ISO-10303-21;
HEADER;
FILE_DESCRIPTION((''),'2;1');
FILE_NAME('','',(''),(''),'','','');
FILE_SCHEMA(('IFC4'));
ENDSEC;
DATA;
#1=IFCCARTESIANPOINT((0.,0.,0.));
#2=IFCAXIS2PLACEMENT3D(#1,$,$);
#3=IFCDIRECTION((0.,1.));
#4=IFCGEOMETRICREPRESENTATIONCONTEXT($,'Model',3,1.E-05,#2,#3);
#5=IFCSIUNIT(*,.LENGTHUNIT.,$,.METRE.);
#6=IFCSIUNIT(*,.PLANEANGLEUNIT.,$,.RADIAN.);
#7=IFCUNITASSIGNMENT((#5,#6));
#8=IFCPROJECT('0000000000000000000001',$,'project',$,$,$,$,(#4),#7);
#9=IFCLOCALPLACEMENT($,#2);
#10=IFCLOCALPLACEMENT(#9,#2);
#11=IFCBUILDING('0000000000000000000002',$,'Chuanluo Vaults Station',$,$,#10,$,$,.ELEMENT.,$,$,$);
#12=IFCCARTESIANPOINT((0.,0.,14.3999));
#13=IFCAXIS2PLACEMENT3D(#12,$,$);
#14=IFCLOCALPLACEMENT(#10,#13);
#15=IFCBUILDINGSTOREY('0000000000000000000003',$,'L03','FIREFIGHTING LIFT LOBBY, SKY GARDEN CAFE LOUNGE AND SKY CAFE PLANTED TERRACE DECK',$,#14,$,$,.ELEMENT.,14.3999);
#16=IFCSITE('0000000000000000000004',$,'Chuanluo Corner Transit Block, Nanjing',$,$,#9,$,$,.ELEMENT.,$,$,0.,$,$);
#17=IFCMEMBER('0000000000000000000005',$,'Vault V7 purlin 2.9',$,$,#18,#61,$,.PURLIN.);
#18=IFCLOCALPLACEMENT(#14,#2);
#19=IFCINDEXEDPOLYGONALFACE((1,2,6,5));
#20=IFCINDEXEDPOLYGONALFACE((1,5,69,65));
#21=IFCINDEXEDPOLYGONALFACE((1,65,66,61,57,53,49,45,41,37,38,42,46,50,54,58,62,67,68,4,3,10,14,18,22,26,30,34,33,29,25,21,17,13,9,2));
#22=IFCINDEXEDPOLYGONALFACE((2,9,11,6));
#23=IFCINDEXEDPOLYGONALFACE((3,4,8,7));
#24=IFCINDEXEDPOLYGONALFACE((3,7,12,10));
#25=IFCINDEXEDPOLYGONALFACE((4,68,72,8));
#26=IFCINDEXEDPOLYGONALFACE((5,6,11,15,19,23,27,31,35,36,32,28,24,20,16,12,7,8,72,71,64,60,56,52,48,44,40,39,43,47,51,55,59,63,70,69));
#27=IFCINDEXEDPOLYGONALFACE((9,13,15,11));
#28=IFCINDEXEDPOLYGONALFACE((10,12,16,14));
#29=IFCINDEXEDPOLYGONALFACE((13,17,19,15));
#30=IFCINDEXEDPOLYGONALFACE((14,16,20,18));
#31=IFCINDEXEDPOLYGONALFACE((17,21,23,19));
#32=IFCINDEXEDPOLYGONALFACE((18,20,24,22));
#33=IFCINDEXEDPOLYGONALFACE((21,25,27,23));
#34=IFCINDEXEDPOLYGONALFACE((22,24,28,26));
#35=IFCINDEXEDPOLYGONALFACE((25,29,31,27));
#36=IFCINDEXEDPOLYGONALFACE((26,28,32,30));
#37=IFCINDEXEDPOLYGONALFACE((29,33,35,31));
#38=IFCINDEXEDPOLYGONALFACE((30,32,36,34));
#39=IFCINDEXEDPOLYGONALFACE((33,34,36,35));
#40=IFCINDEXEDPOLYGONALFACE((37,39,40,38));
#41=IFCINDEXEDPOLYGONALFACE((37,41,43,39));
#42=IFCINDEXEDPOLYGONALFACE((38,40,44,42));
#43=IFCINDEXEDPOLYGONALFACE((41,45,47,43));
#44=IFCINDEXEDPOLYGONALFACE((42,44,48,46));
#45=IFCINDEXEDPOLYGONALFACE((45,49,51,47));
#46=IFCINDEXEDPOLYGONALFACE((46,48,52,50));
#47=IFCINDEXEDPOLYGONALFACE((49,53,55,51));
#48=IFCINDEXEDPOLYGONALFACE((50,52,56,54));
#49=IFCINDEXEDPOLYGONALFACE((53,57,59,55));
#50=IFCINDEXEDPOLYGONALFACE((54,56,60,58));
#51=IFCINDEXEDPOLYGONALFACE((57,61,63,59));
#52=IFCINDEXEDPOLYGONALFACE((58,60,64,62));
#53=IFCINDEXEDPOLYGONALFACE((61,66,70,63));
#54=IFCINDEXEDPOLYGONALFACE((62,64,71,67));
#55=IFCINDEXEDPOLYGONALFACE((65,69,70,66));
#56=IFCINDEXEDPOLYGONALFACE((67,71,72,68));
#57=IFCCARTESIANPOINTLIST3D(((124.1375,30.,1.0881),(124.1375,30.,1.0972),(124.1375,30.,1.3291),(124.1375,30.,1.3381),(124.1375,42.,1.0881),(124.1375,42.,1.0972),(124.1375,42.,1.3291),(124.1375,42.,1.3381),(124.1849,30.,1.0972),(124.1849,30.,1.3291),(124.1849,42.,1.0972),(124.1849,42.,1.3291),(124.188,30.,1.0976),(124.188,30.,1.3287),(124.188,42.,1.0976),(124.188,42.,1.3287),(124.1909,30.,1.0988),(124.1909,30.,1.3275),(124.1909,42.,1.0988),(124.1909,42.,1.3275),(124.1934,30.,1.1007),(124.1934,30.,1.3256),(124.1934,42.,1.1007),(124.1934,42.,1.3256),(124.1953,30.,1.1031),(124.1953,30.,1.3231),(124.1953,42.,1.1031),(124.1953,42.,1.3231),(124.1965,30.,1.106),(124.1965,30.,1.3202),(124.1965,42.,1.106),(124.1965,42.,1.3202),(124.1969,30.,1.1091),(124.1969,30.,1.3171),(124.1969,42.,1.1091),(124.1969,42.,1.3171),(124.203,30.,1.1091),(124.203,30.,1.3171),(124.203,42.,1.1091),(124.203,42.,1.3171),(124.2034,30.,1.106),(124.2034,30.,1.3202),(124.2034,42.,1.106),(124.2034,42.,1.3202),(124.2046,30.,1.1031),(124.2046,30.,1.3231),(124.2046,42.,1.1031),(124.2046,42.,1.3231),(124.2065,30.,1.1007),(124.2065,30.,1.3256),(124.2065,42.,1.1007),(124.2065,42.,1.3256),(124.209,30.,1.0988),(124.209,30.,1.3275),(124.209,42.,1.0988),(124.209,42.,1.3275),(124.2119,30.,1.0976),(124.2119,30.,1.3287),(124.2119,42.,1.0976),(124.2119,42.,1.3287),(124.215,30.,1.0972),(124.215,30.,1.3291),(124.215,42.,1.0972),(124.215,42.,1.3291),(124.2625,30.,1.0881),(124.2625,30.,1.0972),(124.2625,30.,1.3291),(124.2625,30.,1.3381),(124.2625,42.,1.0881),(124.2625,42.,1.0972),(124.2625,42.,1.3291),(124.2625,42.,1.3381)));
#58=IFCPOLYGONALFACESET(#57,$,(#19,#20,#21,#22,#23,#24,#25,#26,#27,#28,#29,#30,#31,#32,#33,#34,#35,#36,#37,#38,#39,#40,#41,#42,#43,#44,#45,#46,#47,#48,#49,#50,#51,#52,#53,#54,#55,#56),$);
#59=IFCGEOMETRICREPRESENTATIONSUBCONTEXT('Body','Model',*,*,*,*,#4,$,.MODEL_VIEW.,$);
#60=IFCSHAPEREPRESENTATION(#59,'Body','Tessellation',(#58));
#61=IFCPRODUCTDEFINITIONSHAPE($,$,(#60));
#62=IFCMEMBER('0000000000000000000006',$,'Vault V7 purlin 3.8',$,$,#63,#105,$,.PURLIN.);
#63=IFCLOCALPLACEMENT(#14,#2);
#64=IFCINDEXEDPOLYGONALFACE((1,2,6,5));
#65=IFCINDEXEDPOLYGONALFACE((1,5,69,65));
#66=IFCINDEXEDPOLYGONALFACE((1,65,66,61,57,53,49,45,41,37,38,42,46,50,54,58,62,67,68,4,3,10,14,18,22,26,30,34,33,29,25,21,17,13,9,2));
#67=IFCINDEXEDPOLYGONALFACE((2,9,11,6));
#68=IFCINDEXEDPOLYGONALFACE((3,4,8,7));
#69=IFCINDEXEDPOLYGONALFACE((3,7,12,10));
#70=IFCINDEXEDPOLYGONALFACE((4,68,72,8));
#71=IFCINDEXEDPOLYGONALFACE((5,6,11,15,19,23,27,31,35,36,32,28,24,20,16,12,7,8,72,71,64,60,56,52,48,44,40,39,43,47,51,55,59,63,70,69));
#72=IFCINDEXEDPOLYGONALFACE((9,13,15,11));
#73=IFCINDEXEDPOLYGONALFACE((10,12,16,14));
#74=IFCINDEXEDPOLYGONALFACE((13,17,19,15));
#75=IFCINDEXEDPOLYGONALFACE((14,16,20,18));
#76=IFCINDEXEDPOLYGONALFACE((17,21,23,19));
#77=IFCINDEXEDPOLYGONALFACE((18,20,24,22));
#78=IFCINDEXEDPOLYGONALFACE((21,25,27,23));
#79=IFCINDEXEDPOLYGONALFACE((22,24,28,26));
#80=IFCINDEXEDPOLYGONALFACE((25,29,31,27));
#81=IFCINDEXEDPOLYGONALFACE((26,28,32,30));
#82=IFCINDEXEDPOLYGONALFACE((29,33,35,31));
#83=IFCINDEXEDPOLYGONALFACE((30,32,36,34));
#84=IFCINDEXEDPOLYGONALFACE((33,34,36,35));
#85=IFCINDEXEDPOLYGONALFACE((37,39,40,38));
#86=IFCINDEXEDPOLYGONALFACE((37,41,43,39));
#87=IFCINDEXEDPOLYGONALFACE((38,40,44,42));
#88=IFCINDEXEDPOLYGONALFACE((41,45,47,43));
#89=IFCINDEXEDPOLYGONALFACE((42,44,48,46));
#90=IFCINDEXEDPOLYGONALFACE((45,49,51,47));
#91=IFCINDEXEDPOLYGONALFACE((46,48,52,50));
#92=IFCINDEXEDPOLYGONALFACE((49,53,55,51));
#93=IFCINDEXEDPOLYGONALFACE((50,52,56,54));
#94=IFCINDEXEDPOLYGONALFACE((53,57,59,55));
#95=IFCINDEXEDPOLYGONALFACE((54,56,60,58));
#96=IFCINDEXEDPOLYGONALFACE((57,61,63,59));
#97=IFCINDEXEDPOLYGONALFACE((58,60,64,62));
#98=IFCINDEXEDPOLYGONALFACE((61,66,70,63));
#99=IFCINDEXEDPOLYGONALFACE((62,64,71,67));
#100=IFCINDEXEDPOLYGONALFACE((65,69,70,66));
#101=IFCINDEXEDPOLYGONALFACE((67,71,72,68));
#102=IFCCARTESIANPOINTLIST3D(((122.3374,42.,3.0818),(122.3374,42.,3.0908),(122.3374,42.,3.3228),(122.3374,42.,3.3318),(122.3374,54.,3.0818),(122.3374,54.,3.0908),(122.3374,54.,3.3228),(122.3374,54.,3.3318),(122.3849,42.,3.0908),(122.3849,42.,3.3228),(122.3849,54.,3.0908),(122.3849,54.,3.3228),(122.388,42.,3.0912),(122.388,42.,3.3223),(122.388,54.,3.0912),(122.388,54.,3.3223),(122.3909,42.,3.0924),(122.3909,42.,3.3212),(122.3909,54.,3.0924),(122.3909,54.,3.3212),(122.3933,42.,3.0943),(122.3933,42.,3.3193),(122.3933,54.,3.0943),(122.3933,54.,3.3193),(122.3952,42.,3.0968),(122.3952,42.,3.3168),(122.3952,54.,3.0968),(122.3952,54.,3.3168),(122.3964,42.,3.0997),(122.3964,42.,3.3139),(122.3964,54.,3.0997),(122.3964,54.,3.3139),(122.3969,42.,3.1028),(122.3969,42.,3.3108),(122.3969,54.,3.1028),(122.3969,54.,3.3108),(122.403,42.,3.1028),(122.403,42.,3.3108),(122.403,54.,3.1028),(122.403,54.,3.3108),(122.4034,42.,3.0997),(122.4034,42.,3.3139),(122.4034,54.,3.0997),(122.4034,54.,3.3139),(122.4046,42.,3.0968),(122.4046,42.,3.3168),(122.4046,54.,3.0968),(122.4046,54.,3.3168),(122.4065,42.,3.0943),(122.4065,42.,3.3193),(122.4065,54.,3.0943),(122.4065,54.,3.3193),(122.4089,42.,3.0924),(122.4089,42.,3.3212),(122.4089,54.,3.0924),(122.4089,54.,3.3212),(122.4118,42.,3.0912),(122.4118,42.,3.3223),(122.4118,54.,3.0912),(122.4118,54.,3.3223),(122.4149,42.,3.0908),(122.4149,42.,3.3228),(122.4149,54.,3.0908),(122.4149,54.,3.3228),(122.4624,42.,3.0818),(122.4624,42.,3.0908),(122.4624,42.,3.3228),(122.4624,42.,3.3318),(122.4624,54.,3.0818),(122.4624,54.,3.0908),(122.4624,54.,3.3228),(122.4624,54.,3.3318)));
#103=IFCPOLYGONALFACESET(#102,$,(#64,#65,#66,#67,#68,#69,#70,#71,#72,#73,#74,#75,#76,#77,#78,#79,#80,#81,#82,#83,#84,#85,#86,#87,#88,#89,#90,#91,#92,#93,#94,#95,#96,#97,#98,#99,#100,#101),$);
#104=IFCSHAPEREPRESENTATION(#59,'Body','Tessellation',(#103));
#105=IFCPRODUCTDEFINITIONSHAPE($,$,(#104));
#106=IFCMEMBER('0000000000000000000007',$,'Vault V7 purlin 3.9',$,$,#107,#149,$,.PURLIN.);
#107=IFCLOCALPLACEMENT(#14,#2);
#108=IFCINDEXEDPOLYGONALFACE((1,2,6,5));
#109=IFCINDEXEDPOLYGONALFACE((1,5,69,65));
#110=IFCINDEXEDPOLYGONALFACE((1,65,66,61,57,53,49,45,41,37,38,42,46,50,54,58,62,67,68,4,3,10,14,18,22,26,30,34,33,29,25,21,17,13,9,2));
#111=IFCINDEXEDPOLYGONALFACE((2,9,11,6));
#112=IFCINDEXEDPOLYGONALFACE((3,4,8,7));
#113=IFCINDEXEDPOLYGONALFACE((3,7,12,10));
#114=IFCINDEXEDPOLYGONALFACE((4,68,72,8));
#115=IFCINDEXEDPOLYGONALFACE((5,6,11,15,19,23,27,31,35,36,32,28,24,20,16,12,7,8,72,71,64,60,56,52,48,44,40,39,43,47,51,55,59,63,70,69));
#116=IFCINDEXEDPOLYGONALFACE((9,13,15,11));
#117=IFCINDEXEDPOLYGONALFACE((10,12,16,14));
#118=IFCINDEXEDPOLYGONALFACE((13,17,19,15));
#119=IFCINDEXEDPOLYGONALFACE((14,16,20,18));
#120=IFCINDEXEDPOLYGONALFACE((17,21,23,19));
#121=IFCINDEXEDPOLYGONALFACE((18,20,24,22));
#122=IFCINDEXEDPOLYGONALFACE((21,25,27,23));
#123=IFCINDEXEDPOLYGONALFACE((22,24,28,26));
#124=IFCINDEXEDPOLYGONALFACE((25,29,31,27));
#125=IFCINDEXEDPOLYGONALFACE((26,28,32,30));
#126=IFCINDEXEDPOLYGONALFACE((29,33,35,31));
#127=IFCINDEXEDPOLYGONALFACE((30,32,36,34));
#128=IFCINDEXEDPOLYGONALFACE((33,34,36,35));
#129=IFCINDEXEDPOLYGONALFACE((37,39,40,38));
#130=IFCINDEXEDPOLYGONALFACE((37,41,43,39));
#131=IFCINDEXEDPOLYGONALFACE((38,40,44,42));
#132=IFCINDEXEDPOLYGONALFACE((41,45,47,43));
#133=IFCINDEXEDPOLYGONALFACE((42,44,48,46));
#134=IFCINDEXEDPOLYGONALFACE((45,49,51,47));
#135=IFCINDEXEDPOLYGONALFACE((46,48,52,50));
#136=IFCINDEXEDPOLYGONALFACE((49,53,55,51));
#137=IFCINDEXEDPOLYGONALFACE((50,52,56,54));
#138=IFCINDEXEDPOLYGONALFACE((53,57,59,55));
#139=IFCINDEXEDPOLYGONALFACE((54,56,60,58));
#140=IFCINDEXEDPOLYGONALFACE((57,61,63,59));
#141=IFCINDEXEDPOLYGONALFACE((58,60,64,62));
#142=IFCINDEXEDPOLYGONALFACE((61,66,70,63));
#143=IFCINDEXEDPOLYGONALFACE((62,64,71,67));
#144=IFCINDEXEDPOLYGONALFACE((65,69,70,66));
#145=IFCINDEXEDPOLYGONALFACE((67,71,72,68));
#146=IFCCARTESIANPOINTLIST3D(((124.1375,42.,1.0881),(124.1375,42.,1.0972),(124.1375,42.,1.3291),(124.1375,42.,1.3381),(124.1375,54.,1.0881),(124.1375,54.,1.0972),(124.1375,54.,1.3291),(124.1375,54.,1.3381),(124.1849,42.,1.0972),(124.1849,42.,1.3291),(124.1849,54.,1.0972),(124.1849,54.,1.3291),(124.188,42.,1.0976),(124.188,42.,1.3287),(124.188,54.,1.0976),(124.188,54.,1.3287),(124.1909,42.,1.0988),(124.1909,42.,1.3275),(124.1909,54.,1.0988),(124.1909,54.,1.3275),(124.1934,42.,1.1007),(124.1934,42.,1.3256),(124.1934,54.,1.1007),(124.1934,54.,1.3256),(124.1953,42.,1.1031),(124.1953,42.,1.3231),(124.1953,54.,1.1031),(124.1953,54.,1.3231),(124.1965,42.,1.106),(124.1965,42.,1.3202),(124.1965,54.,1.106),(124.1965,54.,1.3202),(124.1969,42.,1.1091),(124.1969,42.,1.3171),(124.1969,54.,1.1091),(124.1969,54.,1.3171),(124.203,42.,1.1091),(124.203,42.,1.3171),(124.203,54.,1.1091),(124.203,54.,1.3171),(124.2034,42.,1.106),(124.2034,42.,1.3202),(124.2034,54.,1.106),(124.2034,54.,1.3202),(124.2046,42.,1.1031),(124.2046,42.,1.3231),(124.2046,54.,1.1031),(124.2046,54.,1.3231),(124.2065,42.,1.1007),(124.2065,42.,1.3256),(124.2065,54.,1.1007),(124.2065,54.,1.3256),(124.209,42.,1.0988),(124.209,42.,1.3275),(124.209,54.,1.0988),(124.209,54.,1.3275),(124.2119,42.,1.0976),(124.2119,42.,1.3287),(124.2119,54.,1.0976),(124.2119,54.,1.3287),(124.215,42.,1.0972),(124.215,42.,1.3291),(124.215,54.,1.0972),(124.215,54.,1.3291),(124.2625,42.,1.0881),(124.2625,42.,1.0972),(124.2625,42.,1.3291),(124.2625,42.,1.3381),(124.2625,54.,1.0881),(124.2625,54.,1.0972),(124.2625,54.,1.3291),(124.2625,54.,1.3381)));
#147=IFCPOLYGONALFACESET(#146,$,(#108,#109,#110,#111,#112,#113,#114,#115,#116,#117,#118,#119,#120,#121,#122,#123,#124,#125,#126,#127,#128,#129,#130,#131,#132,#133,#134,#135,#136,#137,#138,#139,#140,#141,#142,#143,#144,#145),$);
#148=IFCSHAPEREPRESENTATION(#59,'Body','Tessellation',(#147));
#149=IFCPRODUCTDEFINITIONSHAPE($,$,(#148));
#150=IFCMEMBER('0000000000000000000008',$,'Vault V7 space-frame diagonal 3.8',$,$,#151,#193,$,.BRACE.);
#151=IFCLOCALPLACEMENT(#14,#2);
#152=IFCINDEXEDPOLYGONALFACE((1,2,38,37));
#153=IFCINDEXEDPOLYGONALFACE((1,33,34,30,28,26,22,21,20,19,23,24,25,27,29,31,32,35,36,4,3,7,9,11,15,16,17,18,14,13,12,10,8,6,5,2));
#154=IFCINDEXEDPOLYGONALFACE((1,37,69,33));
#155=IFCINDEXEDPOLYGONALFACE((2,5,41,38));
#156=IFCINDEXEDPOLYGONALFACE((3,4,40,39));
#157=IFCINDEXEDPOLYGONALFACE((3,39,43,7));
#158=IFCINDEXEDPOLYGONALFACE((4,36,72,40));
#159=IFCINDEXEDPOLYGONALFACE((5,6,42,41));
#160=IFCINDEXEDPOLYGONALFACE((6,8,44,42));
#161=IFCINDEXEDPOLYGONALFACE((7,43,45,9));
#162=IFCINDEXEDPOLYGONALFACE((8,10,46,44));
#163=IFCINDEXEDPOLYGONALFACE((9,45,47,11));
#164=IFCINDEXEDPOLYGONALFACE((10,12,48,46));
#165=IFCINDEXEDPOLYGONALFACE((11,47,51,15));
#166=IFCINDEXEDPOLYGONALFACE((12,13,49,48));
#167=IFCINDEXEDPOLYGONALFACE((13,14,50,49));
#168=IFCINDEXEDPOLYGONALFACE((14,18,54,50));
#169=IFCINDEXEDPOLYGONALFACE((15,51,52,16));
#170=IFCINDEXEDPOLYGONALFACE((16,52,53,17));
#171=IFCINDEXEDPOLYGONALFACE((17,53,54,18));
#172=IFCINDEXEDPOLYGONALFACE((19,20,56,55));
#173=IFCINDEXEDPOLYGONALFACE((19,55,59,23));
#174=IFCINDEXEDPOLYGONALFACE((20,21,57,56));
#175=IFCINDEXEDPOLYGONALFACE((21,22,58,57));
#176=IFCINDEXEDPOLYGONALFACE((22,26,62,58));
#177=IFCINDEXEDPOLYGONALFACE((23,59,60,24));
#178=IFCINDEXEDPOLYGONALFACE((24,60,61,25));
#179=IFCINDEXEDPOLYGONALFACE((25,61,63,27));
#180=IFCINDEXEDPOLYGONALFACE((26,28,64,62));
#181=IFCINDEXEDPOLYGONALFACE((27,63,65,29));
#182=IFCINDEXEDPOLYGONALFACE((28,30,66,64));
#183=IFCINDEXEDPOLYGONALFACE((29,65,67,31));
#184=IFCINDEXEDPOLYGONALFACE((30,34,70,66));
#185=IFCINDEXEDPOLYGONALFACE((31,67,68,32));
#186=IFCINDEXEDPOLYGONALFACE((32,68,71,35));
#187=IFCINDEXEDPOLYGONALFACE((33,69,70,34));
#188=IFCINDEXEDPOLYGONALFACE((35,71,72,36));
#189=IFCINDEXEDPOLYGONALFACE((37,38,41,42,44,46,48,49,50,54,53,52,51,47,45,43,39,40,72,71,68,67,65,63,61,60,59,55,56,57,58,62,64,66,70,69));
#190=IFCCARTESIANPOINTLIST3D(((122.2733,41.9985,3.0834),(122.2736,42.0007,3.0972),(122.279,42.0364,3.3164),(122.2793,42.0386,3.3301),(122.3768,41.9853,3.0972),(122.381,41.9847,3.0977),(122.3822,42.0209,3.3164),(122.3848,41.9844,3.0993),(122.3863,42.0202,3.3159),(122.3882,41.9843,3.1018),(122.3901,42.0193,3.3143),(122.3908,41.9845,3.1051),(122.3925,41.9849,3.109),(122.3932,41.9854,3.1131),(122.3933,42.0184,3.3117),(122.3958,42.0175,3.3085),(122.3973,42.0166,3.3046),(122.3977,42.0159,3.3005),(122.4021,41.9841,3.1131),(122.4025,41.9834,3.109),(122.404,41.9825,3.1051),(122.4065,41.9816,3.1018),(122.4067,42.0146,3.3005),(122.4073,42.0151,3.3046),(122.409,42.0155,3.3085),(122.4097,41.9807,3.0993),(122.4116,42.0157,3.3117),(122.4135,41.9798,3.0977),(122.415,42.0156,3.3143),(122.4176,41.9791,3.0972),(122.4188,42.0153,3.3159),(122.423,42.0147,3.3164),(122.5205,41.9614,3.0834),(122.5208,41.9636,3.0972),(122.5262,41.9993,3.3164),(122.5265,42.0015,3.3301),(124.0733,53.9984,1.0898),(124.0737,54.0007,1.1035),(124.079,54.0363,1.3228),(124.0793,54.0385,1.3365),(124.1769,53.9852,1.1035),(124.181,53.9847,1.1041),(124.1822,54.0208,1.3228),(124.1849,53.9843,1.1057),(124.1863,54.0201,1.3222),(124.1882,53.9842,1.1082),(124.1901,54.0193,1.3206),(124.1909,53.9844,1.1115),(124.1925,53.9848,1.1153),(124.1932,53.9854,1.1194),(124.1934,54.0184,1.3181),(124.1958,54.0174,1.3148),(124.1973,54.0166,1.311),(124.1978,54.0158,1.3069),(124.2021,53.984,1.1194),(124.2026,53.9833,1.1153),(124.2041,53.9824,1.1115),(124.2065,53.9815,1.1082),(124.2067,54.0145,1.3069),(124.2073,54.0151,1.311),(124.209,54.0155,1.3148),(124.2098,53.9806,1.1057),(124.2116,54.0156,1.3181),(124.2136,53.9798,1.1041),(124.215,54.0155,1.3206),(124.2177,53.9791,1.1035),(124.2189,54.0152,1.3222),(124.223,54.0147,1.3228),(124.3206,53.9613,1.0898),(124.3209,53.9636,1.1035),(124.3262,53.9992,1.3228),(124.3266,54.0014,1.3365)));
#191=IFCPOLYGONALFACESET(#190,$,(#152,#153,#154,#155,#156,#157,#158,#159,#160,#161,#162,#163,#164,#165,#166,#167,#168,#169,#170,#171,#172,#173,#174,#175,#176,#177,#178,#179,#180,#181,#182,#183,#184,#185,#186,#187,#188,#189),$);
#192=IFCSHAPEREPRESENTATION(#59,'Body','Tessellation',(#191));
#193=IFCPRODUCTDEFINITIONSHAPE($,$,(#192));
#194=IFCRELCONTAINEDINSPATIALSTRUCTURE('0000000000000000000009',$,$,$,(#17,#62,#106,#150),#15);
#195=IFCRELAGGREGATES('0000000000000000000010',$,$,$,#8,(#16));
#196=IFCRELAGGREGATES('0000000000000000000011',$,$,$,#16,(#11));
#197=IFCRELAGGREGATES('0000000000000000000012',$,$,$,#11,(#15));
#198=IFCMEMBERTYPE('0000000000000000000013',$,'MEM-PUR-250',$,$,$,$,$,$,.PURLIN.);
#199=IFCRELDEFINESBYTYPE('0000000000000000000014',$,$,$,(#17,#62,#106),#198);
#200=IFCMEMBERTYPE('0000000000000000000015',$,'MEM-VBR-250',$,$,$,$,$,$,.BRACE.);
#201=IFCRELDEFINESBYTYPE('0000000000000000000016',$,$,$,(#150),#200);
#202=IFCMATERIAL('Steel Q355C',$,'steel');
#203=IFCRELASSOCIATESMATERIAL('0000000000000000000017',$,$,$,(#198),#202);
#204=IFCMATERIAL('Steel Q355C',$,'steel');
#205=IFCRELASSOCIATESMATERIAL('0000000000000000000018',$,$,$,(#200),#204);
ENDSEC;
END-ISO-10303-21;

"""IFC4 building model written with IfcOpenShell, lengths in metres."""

from ifc_helpers import new_model, si_unit, direction, frame, origin, origin_2d, place, context, subcontext, project, spatial, i_section, extrude, material, material_profile, profile_set, type_object, element, save


model = new_model("IFC4")

# Units and contexts
model_context = context("Model", 3, precision=1e-05, world=origin(), true_north=direction((0.0, 1.0)))
body_context = subcontext(model_context, "Body", "Model", "MODEL_VIEW")
ifc_project = project(units=[si_unit("LENGTHUNIT", "METRE"), si_unit("PLANEANGLEUNIT", "RADIAN")], contexts=[model_context])

# Site, building, storey
site_placement = place(None, origin())
site = spatial("IfcSite", under=ifc_project, at=site_placement, Name="Chuanluo Corner Transit Block, Nanjing", CompositionType="ELEMENT", RefElevation=0.0)
building_placement = place(site_placement, origin())
building = spatial("IfcBuilding", under=site, at=building_placement, Name="Chuanluo Vaults Station", CompositionType="ELEMENT")
storey_placement = place(building_placement, frame((0.0, 0.0, 14.3999)))
storey = spatial("IfcBuildingStorey", under=building, at=storey_placement, Name="L03", Description="FIREFIGHTING LIFT LOBBY, SKY GARDEN CAFE LOUNGE AND SKY CAFE PLANTED TERRACE DECK", CompositionType="ELEMENT", Elevation=14.3999)

# Members
ifc_material_1 = material(Name="Steel Q355C", Category="steel")
ifc_material_profile_1 = material_profile(ifc_material_1, i_section(OverallWidth=0.125, OverallDepth=0.25, WebThickness=0.0061, FlangeThickness=0.009, FilletRadius=0.012, at=origin_2d()))
ifc_profile_set_1 = profile_set([ifc_material_profile_1], Name="Steel Q355C")
member_type_1 = type_object("IfcMemberType", Name="MEM-PUR-250", PredefinedType="PURLIN", material=ifc_profile_set_1)
for number, where, z_axis, x_axis, name in (
    (1, (124.2, 30.0, 1.2131), (0.0, 1.0, 0.0), (-1.0, 0.0, 0.0), "Vault V7 purlin 2.9"),
    (2, (122.3999, 42.0, 3.2068), (0.0, 1.0, 0.0), (-1.0, 0.0, 0.0), "Vault V7 purlin 3.8"),
    (3, (124.2, 42.0, 1.2131), (0.0, 1.0, 0.0), (-1.0, 0.0, 0.0), "Vault V7 purlin 3.9"),
):
    element("IfcMember", number, at=place(storey_placement, frame(where, z_axis=z_axis, x_axis=x_axis)), inside=storey, type_object=member_type_1, Name=name, PredefinedType="PURLIN", context=body_context, shape_type="SweptSolid", body=[
        extrude(i_section(OverallWidth=0.125, OverallDepth=0.25, WebThickness=0.0061, FlangeThickness=0.009, FilletRadius=0.012, at=origin_2d()), origin(), (0.0, 0.0, 1.0), 12.0),
    ])
ifc_material_2 = material(Name="Steel Q355C", Category="steel")
ifc_material_profile_2 = material_profile(ifc_material_2, i_section(OverallWidth=0.25, OverallDepth=0.25, WebThickness=0.009, FlangeThickness=0.0139, FilletRadius=0.0161, at=origin_2d()))
ifc_profile_set_2 = profile_set([ifc_material_profile_2], Name="Steel Q355C")
member_type_2 = type_object("IfcMemberType", Name="MEM-VBR-250", PredefinedType="BRACE", material=ifc_profile_set_2)
member_placement = place(storey_placement, frame((122.3999, 42.0, 3.2068), z_axis=(0.146382, 0.975852, -0.162126), x_axis=(-0.988936, 0.148344, 0.0)))
element("IfcMember", 4, at=member_placement, inside=storey, type_object=member_type_2, Name="Vault V7 space-frame diagonal 3.8", PredefinedType="BRACE", context=body_context, shape_type="SweptSolid", body=[
    extrude(i_section(OverallWidth=0.25, OverallDepth=0.25, WebThickness=0.009, FlangeThickness=0.0139, FilletRadius=0.0161, at=origin_2d()), origin(), (0.0, 0.0, 1.0), 12.2969),
])

save(model, "model.ifc")
